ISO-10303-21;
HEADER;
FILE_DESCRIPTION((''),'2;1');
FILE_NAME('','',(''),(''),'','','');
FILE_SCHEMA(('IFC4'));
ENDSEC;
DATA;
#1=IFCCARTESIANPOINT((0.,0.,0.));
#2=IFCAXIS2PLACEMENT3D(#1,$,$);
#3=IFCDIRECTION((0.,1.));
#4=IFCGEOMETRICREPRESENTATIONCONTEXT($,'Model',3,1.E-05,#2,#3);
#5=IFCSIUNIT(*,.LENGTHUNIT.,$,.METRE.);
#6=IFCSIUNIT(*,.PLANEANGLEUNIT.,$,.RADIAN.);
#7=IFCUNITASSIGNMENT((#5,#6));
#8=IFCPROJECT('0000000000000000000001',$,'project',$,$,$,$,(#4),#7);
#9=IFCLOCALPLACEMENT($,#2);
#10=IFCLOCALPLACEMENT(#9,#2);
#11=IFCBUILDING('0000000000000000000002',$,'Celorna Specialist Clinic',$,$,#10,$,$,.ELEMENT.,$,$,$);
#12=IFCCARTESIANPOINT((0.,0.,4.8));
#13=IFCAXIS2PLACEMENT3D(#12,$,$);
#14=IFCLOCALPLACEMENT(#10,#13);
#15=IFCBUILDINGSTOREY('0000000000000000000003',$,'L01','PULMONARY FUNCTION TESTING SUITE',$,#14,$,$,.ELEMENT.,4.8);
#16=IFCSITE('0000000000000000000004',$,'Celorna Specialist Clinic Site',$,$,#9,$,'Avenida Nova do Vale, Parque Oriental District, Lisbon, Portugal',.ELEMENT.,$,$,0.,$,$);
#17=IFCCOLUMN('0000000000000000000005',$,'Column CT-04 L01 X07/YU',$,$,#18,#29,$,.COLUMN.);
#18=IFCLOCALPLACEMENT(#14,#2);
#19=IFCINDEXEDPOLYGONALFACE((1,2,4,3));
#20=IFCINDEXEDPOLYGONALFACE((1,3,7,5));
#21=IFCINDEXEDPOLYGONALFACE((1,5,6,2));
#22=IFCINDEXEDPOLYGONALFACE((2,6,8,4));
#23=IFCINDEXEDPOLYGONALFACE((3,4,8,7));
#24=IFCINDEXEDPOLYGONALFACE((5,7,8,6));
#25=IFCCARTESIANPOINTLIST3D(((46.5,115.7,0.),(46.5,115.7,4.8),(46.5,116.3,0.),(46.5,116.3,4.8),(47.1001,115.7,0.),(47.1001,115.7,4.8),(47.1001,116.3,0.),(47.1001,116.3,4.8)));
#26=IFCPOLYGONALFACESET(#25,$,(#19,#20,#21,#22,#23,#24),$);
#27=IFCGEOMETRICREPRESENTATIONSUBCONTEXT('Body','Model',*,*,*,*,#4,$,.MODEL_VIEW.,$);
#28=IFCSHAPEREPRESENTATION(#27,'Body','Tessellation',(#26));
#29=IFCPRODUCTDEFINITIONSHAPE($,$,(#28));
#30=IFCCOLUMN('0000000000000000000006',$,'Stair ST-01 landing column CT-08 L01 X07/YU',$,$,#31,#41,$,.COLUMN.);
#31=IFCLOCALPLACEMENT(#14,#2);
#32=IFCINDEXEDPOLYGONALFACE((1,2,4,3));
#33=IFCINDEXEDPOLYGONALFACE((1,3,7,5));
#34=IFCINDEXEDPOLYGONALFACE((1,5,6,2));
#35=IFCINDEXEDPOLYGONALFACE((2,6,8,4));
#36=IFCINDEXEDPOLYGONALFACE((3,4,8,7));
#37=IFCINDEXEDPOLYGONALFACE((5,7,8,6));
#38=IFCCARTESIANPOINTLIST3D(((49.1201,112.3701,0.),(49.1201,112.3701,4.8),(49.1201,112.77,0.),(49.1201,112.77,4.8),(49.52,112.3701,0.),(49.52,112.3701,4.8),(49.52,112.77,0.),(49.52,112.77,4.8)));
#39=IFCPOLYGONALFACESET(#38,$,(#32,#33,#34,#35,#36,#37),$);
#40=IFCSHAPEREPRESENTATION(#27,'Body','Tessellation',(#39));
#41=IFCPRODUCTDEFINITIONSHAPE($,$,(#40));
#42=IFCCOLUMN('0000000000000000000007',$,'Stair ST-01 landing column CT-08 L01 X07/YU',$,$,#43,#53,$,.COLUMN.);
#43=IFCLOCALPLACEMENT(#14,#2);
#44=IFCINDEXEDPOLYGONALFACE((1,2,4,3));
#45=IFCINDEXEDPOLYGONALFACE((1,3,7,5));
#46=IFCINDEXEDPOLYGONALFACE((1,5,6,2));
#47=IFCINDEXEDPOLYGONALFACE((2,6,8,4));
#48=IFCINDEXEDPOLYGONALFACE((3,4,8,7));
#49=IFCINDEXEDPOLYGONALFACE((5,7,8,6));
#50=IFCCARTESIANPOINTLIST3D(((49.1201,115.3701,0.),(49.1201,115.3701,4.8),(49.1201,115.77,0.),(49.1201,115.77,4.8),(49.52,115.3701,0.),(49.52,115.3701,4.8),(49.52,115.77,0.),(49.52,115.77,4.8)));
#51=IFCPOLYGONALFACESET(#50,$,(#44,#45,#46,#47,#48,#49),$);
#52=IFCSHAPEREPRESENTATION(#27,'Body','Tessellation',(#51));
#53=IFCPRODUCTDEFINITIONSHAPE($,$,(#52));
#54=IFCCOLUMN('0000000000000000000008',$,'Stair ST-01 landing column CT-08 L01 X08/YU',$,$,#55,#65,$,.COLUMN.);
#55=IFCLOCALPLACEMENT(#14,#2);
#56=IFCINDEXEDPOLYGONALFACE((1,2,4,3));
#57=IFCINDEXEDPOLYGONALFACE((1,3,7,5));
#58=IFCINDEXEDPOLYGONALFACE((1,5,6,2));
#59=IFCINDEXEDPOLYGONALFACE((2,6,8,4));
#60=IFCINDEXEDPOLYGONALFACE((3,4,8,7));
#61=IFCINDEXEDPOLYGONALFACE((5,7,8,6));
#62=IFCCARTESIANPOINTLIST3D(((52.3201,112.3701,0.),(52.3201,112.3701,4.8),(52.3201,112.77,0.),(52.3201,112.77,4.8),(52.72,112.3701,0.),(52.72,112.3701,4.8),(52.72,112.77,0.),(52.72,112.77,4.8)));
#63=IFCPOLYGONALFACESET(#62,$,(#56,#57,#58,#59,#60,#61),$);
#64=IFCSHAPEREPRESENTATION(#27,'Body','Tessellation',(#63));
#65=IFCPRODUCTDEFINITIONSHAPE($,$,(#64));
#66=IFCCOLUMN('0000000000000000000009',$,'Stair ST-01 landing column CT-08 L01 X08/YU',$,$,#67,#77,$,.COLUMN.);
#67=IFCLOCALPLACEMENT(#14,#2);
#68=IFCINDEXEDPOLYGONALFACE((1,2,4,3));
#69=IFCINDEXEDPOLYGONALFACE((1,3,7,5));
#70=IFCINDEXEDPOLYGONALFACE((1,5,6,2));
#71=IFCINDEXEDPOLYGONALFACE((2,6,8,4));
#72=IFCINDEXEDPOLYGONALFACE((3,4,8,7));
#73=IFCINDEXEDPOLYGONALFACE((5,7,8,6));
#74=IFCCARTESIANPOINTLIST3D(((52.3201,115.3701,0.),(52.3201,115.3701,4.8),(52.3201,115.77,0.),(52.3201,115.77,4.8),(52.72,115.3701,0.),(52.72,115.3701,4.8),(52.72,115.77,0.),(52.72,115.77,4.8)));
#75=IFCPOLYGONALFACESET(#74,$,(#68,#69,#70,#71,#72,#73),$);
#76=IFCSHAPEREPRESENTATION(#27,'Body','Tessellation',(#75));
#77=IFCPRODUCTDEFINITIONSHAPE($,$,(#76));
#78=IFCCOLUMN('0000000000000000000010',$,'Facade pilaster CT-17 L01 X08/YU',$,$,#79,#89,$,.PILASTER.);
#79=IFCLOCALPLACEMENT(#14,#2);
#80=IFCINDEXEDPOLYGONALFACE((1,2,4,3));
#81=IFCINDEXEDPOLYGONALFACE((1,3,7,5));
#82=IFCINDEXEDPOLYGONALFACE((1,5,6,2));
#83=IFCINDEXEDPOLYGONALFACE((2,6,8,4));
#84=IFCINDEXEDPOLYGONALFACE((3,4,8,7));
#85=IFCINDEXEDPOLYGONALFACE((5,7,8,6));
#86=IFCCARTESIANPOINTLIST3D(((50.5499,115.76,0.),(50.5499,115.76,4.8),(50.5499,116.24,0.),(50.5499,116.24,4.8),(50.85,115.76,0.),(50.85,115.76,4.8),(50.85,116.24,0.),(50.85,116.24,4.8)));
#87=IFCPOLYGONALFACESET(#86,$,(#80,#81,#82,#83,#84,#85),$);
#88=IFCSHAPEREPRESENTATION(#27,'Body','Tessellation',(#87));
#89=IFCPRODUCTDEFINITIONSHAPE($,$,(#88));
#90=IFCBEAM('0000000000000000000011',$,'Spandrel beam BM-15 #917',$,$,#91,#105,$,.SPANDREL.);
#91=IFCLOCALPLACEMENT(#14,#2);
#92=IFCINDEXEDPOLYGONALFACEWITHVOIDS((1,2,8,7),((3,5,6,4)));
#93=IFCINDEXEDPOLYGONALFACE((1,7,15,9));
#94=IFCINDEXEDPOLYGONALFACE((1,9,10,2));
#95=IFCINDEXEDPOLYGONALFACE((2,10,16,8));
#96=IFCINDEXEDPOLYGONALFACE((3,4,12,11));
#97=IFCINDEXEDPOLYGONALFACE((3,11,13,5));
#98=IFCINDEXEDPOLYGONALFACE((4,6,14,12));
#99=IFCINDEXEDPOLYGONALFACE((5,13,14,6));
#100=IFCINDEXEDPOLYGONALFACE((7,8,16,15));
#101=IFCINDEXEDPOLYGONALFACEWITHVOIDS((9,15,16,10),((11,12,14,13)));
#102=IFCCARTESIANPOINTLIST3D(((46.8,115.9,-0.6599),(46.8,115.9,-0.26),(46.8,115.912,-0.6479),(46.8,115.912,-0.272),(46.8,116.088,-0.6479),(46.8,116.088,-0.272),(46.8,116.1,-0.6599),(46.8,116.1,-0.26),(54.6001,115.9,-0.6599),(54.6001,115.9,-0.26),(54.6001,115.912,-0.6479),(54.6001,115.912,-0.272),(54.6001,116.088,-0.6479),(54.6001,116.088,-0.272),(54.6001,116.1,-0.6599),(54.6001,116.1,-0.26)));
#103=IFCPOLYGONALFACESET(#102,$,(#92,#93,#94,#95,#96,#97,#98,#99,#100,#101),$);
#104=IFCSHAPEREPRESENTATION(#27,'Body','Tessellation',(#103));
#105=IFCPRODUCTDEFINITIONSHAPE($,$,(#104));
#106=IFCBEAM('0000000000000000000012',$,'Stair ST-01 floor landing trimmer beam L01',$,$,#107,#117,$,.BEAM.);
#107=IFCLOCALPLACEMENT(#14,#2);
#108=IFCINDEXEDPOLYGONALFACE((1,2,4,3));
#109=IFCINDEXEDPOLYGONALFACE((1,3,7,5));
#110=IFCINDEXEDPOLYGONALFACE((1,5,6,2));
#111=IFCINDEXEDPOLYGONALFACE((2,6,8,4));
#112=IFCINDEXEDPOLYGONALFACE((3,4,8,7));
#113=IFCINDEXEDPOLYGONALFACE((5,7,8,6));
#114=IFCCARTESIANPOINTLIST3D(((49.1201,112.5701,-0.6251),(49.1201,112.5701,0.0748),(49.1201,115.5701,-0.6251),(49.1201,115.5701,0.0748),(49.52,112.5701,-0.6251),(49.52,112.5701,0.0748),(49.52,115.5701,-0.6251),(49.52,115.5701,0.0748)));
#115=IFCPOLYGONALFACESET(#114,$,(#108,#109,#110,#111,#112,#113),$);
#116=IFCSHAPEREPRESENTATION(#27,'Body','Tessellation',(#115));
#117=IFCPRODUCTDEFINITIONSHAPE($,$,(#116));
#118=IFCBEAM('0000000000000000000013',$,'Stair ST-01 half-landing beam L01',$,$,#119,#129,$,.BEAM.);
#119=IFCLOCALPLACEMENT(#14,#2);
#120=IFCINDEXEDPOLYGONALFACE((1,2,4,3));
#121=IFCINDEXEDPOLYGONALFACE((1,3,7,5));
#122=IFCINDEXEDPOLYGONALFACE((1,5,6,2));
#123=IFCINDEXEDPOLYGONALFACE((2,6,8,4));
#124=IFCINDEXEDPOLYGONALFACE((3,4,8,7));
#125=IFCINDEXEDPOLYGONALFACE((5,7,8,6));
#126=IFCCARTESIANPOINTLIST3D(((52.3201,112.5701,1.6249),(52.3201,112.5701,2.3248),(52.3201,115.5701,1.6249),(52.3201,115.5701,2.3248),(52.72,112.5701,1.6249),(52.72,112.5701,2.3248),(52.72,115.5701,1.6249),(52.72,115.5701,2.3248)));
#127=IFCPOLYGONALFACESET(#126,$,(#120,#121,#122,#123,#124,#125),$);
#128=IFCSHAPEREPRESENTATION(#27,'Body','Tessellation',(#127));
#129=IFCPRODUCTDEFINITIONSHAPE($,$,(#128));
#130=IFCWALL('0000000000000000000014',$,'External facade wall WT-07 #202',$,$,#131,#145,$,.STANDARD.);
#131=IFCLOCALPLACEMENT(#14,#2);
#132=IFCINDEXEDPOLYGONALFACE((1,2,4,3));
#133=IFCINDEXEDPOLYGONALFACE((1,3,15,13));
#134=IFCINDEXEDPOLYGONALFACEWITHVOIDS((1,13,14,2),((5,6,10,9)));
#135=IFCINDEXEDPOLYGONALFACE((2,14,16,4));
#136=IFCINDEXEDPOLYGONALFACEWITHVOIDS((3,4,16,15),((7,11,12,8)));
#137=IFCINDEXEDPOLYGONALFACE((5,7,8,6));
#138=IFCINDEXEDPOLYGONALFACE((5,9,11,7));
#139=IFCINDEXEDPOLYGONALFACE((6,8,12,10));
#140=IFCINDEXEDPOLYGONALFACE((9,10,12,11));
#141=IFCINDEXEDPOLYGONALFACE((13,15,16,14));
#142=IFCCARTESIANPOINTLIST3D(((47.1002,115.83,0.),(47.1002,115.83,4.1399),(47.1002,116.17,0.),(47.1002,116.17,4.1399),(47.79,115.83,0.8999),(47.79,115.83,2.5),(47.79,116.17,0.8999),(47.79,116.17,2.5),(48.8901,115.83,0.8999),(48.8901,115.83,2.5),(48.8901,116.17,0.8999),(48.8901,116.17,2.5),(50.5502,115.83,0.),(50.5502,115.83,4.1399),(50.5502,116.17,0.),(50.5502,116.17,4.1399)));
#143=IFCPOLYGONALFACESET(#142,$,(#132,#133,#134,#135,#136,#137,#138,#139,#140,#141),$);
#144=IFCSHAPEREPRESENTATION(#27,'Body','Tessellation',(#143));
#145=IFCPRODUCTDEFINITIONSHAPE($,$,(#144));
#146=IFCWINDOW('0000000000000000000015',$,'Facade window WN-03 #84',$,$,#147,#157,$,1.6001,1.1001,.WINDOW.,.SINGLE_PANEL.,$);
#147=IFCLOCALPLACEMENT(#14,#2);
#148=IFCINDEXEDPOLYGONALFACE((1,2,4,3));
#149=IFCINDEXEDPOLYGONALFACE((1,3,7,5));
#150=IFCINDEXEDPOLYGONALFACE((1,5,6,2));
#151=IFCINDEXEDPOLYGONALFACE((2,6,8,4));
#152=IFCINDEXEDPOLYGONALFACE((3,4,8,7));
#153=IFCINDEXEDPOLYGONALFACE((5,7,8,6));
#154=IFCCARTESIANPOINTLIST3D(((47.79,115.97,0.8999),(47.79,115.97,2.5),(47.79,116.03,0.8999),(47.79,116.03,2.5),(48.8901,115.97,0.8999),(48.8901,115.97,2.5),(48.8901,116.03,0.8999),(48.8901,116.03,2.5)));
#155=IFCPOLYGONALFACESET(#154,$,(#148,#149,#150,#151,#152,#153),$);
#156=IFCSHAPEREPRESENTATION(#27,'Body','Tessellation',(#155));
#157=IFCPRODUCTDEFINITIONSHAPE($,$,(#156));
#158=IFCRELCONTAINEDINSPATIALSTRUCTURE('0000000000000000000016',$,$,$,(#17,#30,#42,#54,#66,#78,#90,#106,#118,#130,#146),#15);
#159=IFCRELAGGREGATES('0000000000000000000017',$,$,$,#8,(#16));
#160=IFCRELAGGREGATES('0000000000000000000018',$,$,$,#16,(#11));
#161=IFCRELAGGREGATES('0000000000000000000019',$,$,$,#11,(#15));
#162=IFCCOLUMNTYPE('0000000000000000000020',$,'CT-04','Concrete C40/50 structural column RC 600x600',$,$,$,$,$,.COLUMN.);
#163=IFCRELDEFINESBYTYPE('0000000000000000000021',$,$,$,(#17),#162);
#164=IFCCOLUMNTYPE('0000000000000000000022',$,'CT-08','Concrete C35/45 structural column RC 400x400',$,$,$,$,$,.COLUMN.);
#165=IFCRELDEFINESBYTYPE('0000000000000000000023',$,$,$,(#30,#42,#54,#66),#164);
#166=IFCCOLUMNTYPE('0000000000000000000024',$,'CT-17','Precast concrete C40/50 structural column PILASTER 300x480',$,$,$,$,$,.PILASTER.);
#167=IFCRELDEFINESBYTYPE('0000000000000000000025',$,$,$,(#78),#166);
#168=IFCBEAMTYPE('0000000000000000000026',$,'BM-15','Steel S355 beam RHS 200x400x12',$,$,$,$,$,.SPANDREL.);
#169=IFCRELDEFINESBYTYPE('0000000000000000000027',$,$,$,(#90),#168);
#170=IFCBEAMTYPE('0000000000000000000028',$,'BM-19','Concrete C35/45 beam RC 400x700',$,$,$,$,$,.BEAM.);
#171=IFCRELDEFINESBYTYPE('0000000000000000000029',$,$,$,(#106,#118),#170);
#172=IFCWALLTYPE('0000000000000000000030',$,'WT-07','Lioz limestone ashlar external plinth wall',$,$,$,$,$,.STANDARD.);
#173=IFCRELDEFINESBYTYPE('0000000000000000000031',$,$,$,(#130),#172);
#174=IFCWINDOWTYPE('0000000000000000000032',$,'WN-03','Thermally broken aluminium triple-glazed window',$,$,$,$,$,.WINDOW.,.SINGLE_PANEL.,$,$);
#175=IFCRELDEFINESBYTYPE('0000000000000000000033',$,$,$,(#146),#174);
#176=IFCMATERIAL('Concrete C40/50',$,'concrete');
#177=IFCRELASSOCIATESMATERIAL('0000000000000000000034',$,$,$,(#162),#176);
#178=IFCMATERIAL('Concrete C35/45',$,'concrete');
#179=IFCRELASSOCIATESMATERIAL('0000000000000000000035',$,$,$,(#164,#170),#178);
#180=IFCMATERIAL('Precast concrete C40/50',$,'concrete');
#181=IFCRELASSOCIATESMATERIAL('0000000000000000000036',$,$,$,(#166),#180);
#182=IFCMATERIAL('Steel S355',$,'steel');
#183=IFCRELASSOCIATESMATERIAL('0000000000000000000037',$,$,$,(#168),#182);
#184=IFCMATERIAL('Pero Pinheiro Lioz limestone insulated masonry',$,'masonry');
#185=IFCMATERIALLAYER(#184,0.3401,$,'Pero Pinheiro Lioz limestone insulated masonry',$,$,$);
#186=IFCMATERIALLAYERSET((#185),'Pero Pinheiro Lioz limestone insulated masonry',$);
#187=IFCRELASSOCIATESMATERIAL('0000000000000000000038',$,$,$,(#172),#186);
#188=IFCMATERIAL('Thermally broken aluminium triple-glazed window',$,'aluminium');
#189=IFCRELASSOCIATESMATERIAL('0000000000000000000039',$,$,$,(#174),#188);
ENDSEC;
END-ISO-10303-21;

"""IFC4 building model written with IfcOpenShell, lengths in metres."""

from ifc_helpers import new_model, si_unit, direction, frame, frame_2d, origin, origin_2d, place, context, subcontext, project, spatial, rectangle, hollow_rectangle, extrude, material, layer, layer_set, material_profile, profile_set, type_object, element, fill, save


model = new_model("IFC4")

# Units and contexts
model_context = context("Model", 3, precision=1e-05, world=origin(), true_north=direction((0.0, 1.0)))
body_context = subcontext(model_context, "Body", "Model", "MODEL_VIEW")
ifc_project = project(units=[si_unit("LENGTHUNIT", "METRE"), si_unit("PLANEANGLEUNIT", "RADIAN")], contexts=[model_context])

# Site, building, storey
site_placement = place(None, origin())
site = spatial("IfcSite", under=ifc_project, at=site_placement, Name="Celorna Specialist Clinic Site", LongName="Avenida Nova do Vale, Parque Oriental District, Lisbon, Portugal", CompositionType="ELEMENT", RefElevation=0.0)
building_placement = place(site_placement, origin())
building = spatial("IfcBuilding", under=site, at=building_placement, Name="Celorna Specialist Clinic", CompositionType="ELEMENT")
storey_placement = place(building_placement, frame((0.0, 0.0, 4.8)))
storey = spatial("IfcBuildingStorey", under=building, at=storey_placement, Name="L01", Description="PULMONARY FUNCTION TESTING SUITE", CompositionType="ELEMENT", Elevation=4.8)

# Columns
ifc_material_1 = material(Name="Concrete C40/50", Category="concrete")
ifc_material_profile_1 = material_profile(ifc_material_1, rectangle(XDim=0.6001, YDim=0.6001, at=origin_2d()), Name="RC 600x600")
ifc_profile_set_1 = profile_set([ifc_material_profile_1], Name="Concrete C40/50")
column_type_1 = type_object("IfcColumnType", Name="CT-04", Description="Concrete C40/50 structural column RC 600x600", PredefinedType="COLUMN", material=ifc_profile_set_1)
column_1_placement = place(storey_placement, frame((46.8, 116.0, 0.0), z_axis=(0.0, 0.0, 1.0), x_axis=(1.0, 0.0, 0.0)))
element("IfcColumn", 1, at=column_1_placement, inside=storey, type_object=column_type_1, Name="Column CT-04 L01 X07/YU", PredefinedType="COLUMN", context=body_context, shape_type="SweptSolid", body=[
    extrude(rectangle(XDim=0.6001, YDim=0.6001, at=origin_2d()), origin(), (0.0, 0.0, 1.0), 4.8),
])
ifc_material_2 = material(Name="Concrete C35/45", Category="concrete")
ifc_material_profile_2 = material_profile(ifc_material_2, rectangle(XDim=0.3999, YDim=0.3999, at=origin_2d()), Name="RC 400x400")
ifc_profile_set_2 = profile_set([ifc_material_profile_2], Name="Concrete C35/45")
column_type_2 = type_object("IfcColumnType", Name="CT-08", Description="Concrete C35/45 structural column RC 400x400", PredefinedType="COLUMN", material=ifc_profile_set_2)
for number, where, z_axis, x_axis, name in (
    (2, (49.3201, 112.5701, 0.0), (0.0, 0.0, 1.0), (1.0, 0.0, 0.0), "Stair ST-01 landing column CT-08 L01 X07/YU"),
    (3, (49.3201, 115.5701, 0.0), (0.0, 0.0, 1.0), (1.0, 0.0, 0.0), "Stair ST-01 landing column CT-08 L01 X07/YU"),
    (4, (52.52, 112.5701, 0.0), (0.0, 0.0, 1.0), (1.0, 0.0, 0.0), "Stair ST-01 landing column CT-08 L01 X08/YU"),
    (5, (52.52, 115.5701, 0.0), (0.0, 0.0, 1.0), (1.0, 0.0, 0.0), "Stair ST-01 landing column CT-08 L01 X08/YU"),
):
    element("IfcColumn", number, at=place(storey_placement, frame(where, z_axis=z_axis, x_axis=x_axis)), inside=storey, type_object=column_type_2, Name=name, PredefinedType="COLUMN", context=body_context, shape_type="SweptSolid", body=[
        extrude(rectangle(XDim=0.3999, YDim=0.3999, at=origin_2d()), origin(), (0.0, 0.0, 1.0), 4.8),
    ])
ifc_material_3 = material(Name="Precast concrete C40/50", Category="concrete")
ifc_material_profile_3 = material_profile(ifc_material_3, rectangle(XDim=0.3, YDim=0.48, at=origin_2d()), Name="PILASTER 300x480")
ifc_profile_set_3 = profile_set([ifc_material_profile_3], Name="Precast concrete C40/50")
column_type_3 = type_object("IfcColumnType", Name="CT-17", Description="Precast concrete C40/50 structural column PILASTER 300x480", PredefinedType="PILASTER", material=ifc_profile_set_3)
column_2_placement = place(storey_placement, frame((50.7, 116.0, 0.0), z_axis=(0.0, 0.0, 1.0), x_axis=(1.0, 0.0, 0.0)))
element("IfcColumn", 6, at=column_2_placement, inside=storey, type_object=column_type_3, Name="Facade pilaster CT-17 L01 X08/YU", PredefinedType="PILASTER", context=body_context, shape_type="SweptSolid", body=[
    extrude(rectangle(XDim=0.3, YDim=0.48, at=origin_2d()), origin(), (0.0, 0.0, 1.0), 4.8),
])

# Beams
ifc_material_4 = material(Name="Steel S355", Category="steel")
ifc_material_profile_4 = material_profile(ifc_material_4, hollow_rectangle(XDim=0.2, YDim=0.3999, WallThickness=0.012, at=origin_2d()), Name="RHS 200x400x12")
ifc_profile_set_4 = profile_set([ifc_material_profile_4], Name="Steel S355")
beam_type_1 = type_object("IfcBeamType", Name="BM-15", Description="Steel S355 beam RHS 200x400x12", PredefinedType="SPANDREL", material=ifc_profile_set_4)
beam_placement = place(storey_placement, frame((46.8, 116.0, -0.46), z_axis=(1.0, 0.0, 0.0), x_axis=(0.0, 1.0, 0.0)))
element("IfcBeam", 7, at=beam_placement, inside=storey, type_object=beam_type_1, Name="Spandrel beam BM-15 #917", PredefinedType="SPANDREL", context=body_context, shape_type="SweptSolid", body=[
    extrude(hollow_rectangle(XDim=0.2, YDim=0.3999, WallThickness=0.012, at=origin_2d()), origin(), (0.0, 0.0, 1.0), 7.8),
])
ifc_material_profile_5 = material_profile(ifc_material_2, rectangle(XDim=0.3999, YDim=0.7, at=origin_2d()), Name="RC 400x700")
ifc_profile_set_5 = profile_set([ifc_material_profile_5], Name="Concrete C35/45")
beam_type_2 = type_object("IfcBeamType", Name="BM-19", Description="Concrete C35/45 beam RC 400x700", PredefinedType="BEAM", material=ifc_profile_set_5)
for number, where, z_axis, x_axis, name in (
    (8, (49.3201, 112.5701, -0.2751), (0.0, 1.0, 0.0), (-1.0, 0.0, 0.0), "Stair ST-01 floor landing trimmer beam L01"),
    (9, (52.52, 112.5701, 1.9749), (0.0, 1.0, 0.0), (-1.0, 0.0, 0.0), "Stair ST-01 half-landing beam L01"),
):
    element("IfcBeam", number, at=place(storey_placement, frame(where, z_axis=z_axis, x_axis=x_axis)), inside=storey, type_object=beam_type_2, Name=name, PredefinedType="BEAM", context=body_context, shape_type="SweptSolid", body=[
        extrude(rectangle(XDim=0.3999, YDim=0.7, at=origin_2d()), origin(), (0.0, 0.0, 1.0), 3.0),
    ])

# Wall, opening, window
ifc_material_5 = material(Name="Pero Pinheiro Lioz limestone insulated masonry", Category="masonry")
ifc_layer_1 = layer(ifc_material_5, 0.3401, Name="Pero Pinheiro Lioz limestone insulated masonry")
ifc_layer_set_1 = layer_set([ifc_layer_1], Name="Pero Pinheiro Lioz limestone insulated masonry")
wall_type_1 = type_object("IfcWallType", Name="WT-07", Description="Lioz limestone ashlar external plinth wall", PredefinedType="STANDARD", material=ifc_layer_set_1)
wall_1_placement = place(storey_placement, frame((47.1001, 116.0, 0.0), z_axis=(0.0, 0.0, 1.0), x_axis=(1.0, 0.0, 0.0)))
wall_1 = element("IfcWall", 10, at=wall_1_placement, inside=storey, type_object=wall_type_1, Name="External facade wall WT-07 #202", PredefinedType="STANDARD", context=body_context, shape_type="SweptSolid", body=[
    extrude(rectangle(XDim=3.45, YDim=0.3401, at=frame_2d((1.7251, 0.0))), origin(), (0.0, 0.0, 1.0), 4.1399),
])
opening_1_placement = place(wall_1_placement, frame((0.6899, 0.0, 0.8999)))
opening_1 = element("IfcOpeningElement", 11, at=opening_1_placement, cuts=wall_1, PredefinedType="OPENING", context=body_context, shape_type="SweptSolid", body=[
    extrude(rectangle(XDim=1.1001, YDim=1.6001, at=frame_2d((0.55, 0.8))), frame((0.0, 0.1799, 0.0), z_axis=(0.0, -1.0, 0.0), x_axis=(1.0, 0.0, 0.0)), (0.0, 0.0, 1.0), 0.3601),
])
ifc_material_6 = material(Name="Thermally broken aluminium triple-glazed window", Category="aluminium")
window_type_1 = type_object("IfcWindowType", Name="WN-03", Description="Thermally broken aluminium triple-glazed window", PartitioningType="SINGLE_PANEL", PredefinedType="WINDOW", material=ifc_material_6)
window_1_placement = place(opening_1_placement, origin())
window_1 = element("IfcWindow", 12, at=window_1_placement, inside=storey, type_object=window_type_1, Name="Facade window WN-03 #84", OverallHeight=1.6001, OverallWidth=1.1001, PartitioningType="SINGLE_PANEL", PredefinedType="WINDOW", context=body_context, shape_type="SweptSolid", body=[
    extrude(rectangle(XDim=1.1001, YDim=1.6001, at=frame_2d((0.55, 0.8))), frame((0.0, 0.03, 0.0), z_axis=(0.0, -1.0, 0.0), x_axis=(1.0, 0.0, 0.0)), (0.0, 0.0, 1.0), 0.0601),
])
fill(opening_1, window_1)

save(model, "model.ifc")
